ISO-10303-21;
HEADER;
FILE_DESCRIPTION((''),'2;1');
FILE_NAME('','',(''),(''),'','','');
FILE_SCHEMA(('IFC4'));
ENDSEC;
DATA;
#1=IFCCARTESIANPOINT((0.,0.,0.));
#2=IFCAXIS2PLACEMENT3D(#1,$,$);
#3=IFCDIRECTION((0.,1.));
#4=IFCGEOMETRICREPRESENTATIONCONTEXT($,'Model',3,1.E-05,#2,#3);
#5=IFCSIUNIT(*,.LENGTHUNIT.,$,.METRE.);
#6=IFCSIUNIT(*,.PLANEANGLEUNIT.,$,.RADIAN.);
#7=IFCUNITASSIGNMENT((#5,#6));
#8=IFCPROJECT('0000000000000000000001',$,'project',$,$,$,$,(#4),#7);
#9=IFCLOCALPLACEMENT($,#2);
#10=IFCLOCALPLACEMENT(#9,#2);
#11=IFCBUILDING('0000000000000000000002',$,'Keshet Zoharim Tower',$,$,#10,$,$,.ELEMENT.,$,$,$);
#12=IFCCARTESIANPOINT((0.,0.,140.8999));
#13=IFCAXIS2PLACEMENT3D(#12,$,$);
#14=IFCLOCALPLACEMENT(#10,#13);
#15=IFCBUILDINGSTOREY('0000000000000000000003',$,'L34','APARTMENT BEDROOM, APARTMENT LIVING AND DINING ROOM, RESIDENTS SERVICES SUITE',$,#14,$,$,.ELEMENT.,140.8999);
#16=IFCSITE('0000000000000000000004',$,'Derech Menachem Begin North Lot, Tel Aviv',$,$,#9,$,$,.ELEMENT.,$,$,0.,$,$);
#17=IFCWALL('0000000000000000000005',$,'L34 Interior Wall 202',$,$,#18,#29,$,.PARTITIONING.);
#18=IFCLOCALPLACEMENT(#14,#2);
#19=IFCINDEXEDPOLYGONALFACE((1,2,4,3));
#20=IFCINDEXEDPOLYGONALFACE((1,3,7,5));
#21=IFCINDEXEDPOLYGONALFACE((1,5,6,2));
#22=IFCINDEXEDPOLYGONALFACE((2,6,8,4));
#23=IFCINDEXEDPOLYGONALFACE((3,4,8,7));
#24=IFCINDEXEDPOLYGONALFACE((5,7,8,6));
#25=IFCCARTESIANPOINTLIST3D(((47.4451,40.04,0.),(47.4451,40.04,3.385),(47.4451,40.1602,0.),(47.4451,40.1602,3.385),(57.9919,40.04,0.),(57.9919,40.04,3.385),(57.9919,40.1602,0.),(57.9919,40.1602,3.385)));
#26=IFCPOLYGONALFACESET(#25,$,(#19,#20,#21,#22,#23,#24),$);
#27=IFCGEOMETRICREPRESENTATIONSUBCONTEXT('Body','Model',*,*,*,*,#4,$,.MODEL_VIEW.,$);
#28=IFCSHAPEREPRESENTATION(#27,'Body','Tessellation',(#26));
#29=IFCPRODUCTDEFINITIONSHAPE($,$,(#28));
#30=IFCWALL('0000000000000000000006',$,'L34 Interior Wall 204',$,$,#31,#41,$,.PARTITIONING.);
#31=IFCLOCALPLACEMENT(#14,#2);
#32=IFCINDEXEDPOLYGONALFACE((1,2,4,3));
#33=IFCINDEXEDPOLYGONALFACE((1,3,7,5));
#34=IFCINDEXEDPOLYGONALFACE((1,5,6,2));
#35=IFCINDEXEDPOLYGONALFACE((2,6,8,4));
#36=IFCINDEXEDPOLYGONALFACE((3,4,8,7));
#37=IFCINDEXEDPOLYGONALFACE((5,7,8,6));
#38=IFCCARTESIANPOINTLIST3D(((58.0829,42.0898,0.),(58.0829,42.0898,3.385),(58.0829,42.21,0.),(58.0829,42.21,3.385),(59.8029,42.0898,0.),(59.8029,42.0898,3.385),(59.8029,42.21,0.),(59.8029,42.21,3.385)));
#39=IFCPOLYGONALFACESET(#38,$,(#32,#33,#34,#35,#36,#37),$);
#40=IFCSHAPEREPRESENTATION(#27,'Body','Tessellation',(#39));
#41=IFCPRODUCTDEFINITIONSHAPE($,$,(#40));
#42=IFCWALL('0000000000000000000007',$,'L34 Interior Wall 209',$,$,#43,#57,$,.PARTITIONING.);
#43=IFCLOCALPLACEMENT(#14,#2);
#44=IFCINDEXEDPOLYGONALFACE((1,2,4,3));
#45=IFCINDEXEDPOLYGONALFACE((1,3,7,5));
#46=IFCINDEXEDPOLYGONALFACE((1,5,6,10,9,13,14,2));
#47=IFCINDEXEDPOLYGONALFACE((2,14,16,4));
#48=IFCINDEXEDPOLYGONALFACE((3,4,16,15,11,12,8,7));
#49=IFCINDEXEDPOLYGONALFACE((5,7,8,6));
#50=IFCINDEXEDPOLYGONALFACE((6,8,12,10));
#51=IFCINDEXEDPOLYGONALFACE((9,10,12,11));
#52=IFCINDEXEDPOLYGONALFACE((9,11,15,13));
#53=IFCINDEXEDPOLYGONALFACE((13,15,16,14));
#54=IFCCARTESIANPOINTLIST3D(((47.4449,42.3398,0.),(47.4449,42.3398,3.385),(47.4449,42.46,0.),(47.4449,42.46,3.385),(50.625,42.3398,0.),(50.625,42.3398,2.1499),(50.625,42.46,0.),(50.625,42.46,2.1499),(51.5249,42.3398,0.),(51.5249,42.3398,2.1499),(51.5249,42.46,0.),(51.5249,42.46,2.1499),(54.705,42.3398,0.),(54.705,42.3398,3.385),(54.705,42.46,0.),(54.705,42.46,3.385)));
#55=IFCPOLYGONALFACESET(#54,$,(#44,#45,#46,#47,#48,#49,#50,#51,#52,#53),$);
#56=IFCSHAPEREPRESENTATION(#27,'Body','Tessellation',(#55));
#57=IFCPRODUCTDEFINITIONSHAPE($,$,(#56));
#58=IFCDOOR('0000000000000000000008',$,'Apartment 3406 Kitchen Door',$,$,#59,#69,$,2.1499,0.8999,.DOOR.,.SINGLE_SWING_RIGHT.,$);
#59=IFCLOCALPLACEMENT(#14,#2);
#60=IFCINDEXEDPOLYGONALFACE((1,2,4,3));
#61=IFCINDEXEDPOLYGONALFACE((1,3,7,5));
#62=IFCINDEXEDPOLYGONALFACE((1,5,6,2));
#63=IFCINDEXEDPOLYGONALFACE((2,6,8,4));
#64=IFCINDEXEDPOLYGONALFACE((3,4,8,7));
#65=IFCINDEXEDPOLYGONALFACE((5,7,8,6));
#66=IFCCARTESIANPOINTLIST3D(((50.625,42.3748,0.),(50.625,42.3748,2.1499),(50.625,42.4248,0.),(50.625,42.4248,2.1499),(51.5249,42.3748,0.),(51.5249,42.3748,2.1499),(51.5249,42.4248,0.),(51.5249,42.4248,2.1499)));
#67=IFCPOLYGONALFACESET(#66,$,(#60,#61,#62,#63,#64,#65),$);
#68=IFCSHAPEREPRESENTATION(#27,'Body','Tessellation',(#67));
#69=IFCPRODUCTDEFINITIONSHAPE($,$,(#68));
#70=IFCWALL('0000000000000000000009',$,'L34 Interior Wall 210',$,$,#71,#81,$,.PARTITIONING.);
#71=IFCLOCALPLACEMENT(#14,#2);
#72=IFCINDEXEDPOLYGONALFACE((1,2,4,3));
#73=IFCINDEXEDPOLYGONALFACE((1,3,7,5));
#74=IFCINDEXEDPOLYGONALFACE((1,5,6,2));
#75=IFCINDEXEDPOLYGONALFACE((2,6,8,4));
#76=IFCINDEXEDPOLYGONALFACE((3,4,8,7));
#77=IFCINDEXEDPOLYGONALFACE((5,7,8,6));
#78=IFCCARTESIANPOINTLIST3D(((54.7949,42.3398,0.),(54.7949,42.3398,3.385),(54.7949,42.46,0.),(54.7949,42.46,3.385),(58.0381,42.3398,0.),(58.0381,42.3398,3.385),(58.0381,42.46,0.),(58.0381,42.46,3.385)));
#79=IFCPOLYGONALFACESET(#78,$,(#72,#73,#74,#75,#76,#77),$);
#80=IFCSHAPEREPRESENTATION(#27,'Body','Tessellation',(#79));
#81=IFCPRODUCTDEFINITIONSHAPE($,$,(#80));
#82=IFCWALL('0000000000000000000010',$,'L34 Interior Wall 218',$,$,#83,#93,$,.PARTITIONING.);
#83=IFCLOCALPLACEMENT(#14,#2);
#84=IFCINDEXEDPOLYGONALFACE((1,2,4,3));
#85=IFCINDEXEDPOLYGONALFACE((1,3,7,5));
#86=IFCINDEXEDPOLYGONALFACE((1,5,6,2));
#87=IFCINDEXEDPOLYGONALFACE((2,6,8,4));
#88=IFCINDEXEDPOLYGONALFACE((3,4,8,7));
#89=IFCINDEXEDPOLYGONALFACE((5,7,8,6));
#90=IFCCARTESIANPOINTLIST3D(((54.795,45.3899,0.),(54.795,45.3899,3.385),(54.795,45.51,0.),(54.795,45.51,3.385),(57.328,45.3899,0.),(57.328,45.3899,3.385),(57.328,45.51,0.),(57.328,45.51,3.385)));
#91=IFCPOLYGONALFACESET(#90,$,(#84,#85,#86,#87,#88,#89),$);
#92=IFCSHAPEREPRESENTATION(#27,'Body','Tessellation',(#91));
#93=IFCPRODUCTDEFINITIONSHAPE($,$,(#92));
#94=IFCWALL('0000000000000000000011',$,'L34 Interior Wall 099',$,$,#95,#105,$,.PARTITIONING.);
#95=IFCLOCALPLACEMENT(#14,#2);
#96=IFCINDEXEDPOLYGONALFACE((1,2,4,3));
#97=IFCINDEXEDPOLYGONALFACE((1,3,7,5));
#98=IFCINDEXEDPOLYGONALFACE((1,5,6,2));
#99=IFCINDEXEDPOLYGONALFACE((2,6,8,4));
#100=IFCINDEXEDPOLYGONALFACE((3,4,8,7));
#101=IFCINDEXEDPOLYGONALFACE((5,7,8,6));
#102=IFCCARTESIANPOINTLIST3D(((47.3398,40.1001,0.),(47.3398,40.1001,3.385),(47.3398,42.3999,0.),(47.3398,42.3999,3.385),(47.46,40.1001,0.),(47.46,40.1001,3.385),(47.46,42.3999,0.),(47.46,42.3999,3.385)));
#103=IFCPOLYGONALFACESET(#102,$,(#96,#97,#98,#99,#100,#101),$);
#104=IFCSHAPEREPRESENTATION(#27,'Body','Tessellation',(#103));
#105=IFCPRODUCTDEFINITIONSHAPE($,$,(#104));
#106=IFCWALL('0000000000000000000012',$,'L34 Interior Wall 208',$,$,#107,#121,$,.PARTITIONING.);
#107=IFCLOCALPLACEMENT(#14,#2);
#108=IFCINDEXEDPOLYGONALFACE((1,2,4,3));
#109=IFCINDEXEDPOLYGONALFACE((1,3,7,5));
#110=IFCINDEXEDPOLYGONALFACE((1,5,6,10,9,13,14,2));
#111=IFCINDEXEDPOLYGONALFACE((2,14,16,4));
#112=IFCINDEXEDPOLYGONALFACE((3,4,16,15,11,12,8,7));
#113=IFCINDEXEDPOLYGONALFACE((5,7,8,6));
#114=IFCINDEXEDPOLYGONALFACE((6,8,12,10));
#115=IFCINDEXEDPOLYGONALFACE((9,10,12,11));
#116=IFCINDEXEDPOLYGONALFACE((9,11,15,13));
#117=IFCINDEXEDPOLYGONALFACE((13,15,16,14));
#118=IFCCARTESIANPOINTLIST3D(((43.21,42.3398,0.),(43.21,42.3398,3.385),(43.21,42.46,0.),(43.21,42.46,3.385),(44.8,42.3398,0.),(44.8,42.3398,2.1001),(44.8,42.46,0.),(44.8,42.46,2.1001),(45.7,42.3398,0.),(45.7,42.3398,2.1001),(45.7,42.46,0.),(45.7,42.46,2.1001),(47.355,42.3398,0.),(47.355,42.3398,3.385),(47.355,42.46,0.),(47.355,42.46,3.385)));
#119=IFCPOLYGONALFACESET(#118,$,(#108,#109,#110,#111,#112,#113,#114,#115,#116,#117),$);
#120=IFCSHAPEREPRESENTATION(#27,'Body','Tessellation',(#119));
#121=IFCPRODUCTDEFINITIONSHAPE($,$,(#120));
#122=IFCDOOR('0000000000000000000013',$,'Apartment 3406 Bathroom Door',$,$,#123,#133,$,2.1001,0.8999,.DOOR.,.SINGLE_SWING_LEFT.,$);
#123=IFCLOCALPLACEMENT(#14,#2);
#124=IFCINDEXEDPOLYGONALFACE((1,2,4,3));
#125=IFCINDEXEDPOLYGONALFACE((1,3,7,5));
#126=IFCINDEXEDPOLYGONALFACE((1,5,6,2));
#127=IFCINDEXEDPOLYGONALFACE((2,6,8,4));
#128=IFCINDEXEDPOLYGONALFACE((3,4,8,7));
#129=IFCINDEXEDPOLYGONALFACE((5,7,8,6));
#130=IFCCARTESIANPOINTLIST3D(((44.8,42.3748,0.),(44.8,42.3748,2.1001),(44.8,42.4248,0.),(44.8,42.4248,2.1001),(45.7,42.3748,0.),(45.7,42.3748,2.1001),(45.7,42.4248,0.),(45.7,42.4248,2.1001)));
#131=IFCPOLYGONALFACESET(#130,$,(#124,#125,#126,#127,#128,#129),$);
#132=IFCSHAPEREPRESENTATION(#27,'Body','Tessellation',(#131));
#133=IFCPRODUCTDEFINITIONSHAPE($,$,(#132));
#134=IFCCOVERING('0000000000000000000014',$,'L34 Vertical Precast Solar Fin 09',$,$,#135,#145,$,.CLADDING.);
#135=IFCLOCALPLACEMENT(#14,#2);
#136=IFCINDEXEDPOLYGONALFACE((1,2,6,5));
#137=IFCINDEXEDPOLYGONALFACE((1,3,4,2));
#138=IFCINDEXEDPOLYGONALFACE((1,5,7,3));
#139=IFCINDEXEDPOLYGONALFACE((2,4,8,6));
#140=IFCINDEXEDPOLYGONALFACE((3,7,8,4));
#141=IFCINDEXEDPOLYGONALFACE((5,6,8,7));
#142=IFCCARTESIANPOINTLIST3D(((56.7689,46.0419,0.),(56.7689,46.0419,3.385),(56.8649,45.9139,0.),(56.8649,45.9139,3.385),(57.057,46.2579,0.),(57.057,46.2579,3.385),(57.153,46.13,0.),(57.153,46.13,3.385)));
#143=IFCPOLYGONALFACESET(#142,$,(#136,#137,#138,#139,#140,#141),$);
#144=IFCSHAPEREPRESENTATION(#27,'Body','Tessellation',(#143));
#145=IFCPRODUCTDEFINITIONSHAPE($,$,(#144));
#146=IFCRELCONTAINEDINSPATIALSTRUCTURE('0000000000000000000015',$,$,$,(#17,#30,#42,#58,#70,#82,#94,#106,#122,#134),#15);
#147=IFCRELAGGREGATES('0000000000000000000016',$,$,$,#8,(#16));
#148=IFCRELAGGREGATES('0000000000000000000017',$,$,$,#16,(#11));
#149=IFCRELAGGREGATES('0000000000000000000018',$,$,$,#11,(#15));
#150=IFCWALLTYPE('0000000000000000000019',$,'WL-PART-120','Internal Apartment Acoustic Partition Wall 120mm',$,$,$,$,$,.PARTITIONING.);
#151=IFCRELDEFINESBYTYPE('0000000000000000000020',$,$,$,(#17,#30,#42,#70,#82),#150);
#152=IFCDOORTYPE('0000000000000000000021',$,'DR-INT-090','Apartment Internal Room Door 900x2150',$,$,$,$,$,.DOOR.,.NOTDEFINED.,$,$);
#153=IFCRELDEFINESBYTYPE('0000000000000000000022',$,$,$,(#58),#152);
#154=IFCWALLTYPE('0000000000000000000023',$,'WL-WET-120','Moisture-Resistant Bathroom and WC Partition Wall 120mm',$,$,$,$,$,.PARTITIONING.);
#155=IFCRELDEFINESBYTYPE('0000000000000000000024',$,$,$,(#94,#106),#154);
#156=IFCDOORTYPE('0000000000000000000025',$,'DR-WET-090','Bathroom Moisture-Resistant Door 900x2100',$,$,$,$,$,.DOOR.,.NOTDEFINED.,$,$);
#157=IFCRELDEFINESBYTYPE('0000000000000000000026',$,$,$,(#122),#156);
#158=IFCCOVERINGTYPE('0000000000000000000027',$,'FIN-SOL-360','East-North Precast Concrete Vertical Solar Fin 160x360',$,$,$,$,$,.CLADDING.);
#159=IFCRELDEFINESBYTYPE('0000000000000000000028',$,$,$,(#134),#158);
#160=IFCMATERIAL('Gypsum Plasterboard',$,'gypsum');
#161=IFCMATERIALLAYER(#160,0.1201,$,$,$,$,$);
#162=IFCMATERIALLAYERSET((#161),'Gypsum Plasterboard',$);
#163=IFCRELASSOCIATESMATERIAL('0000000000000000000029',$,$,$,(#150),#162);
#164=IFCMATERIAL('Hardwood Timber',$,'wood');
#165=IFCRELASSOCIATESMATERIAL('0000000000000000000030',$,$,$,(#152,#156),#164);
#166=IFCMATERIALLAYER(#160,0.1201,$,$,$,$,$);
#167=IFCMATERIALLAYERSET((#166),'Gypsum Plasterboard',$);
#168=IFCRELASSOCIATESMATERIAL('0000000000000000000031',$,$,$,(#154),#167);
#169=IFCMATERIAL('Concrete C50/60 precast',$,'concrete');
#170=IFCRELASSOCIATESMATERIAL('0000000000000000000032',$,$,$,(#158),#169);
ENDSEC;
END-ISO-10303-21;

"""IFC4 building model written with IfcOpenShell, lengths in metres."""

from ifc_helpers import new_model, si_unit, direction, frame, frame_2d, origin, origin_2d, place, context, subcontext, project, spatial, rectangle, extrude, material, layer, layer_set, type_object, element, fill, save


model = new_model("IFC4")

# Units and contexts
model_context = context("Model", 3, precision=1e-05, world=origin(), true_north=direction((0.0, 1.0)))
body_context = subcontext(model_context, "Body", "Model", "MODEL_VIEW")
ifc_project = project(units=[si_unit("LENGTHUNIT", "METRE"), si_unit("PLANEANGLEUNIT", "RADIAN")], contexts=[model_context])

# Site, building, storey
site_placement = place(None, origin())
site = spatial("IfcSite", under=ifc_project, at=site_placement, Name="Derech Menachem Begin North Lot, Tel Aviv", CompositionType="ELEMENT", RefElevation=0.0)
building_placement = place(site_placement, origin())
building = spatial("IfcBuilding", under=site, at=building_placement, Name="Keshet Zoharim Tower", CompositionType="ELEMENT")
storey_placement = place(building_placement, frame((0.0, 0.0, 140.8999)))
storey = spatial("IfcBuildingStorey", under=building, at=storey_placement, Name="L34", Description="APARTMENT BEDROOM, APARTMENT LIVING AND DINING ROOM, RESIDENTS SERVICES SUITE", CompositionType="ELEMENT", Elevation=140.8999)

# Shared definitions
ifc_material_1 = material(Name="Gypsum Plasterboard", Category="gypsum")
ifc_layer_1 = layer(ifc_material_1, 0.1201)
ifc_layer_set_1 = layer_set([ifc_layer_1], Name="Gypsum Plasterboard")
wall_type_1 = type_object("IfcWallType", Name="WL-PART-120", Description="Internal Apartment Acoustic Partition Wall 120mm", PredefinedType="PARTITIONING", material=ifc_layer_set_1)

# Shared definitions
ifc_material_2 = material(Name="Hardwood Timber", Category="wood")
door_type_1 = type_object("IfcDoorType", Name="DR-INT-090", Description="Apartment Internal Room Door 900x2150", OperationType="NOTDEFINED", PredefinedType="DOOR", material=ifc_material_2)

# Walls
wall_1_placement = place(storey_placement, frame((47.4451, 40.1001, 0.0), z_axis=(0.0, 0.0, 1.0), x_axis=(1.0, 0.0, 0.0)))
element("IfcWall", 1, at=wall_1_placement, inside=storey, type_object=wall_type_1, Name="L34 Interior Wall 202", PredefinedType="PARTITIONING", context=body_context, shape_type="SweptSolid", body=[
    extrude(rectangle(XDim=10.5469, YDim=0.1201, at=frame_2d((5.2734, 0.0))), origin(), (0.0, 0.0, 1.0), 3.385),
])
wall_2_placement = place(storey_placement, frame((58.083, 42.1499, 0.0), z_axis=(0.0, 0.0, 1.0), x_axis=(1.0, 0.0, 0.0)))
element("IfcWall", 2, at=wall_2_placement, inside=storey, type_object=wall_type_1, Name="L34 Interior Wall 204", PredefinedType="PARTITIONING", context=body_context, shape_type="SweptSolid", body=[
    extrude(rectangle(XDim=1.72, YDim=0.1201, at=frame_2d((0.8599, 0.0))), origin(), (0.0, 0.0, 1.0), 3.385),
])

# Wall, opening, door
wall_3_placement = place(storey_placement, frame((47.4451, 42.3999, 0.0), z_axis=(0.0, 0.0, 1.0), x_axis=(1.0, 0.0, 0.0)))
wall_3 = element("IfcWall", 3, at=wall_3_placement, inside=storey, type_object=wall_type_1, Name="L34 Interior Wall 209", PredefinedType="PARTITIONING", context=body_context, shape_type="SweptSolid", body=[
    extrude(rectangle(XDim=7.26, YDim=0.1201, at=frame_2d((3.6299, 0.0))), origin(), (0.0, 0.0, 1.0), 3.385),
])
opening_1_placement = place(wall_3_placement, frame((3.1799, 0.0, 0.0)))
opening_1 = element("IfcOpeningElement", 4, at=opening_1_placement, cuts=wall_3, PredefinedType="OPENING", context=body_context, shape_type="SweptSolid", body=[
    extrude(rectangle(XDim=0.8999, YDim=2.1499, at=frame_2d((0.45, 1.075))), frame((0.0, 0.0701, 0.0), z_axis=(0.0, -1.0, 0.0), x_axis=(1.0, 0.0, 0.0)), (0.0, 0.0, 1.0), 0.1401),
])
door_1_placement = place(opening_1_placement, origin())
door_1 = element("IfcDoor", 5, at=door_1_placement, inside=storey, type_object=door_type_1, Name="Apartment 3406 Kitchen Door", OperationType="SINGLE_SWING_RIGHT", OverallHeight=2.1499, OverallWidth=0.8999, PredefinedType="DOOR", context=body_context, shape_type="SweptSolid", body=[
    extrude(rectangle(XDim=0.8999, YDim=2.1499, at=frame_2d((0.45, 1.075))), frame((0.0, 0.0249, 0.0), z_axis=(0.0, -1.0, 0.0), x_axis=(1.0, 0.0, 0.0)), (0.0, 0.0, 1.0), 0.05),
])
fill(opening_1, door_1)

# Walls
wall_4_placement = place(storey_placement, frame((54.7949, 42.3999, 0.0), z_axis=(0.0, 0.0, 1.0), x_axis=(1.0, 0.0, 0.0)))
element("IfcWall", 6, at=wall_4_placement, inside=storey, type_object=wall_type_1, Name="L34 Interior Wall 210", PredefinedType="PARTITIONING", context=body_context, shape_type="SweptSolid", body=[
    extrude(rectangle(XDim=3.2432, YDim=0.1201, at=frame_2d((1.6216, 0.0))), origin(), (0.0, 0.0, 1.0), 3.385),
])
wall_5_placement = place(storey_placement, frame((54.7949, 45.45, 0.0), z_axis=(0.0, 0.0, 1.0), x_axis=(1.0, 0.0, 0.0)))
element("IfcWall", 7, at=wall_5_placement, inside=storey, type_object=wall_type_1, Name="L34 Interior Wall 218", PredefinedType="PARTITIONING", context=body_context, shape_type="SweptSolid", body=[
    extrude(rectangle(XDim=2.533, YDim=0.1201, at=frame_2d((1.2666, 0.0))), origin(), (0.0, 0.0, 1.0), 3.385),
])
ifc_layer_2 = layer(ifc_material_1, 0.1201)
ifc_layer_set_2 = layer_set([ifc_layer_2], Name="Gypsum Plasterboard")
wall_type_2 = type_object("IfcWallType", Name="WL-WET-120", Description="Moisture-Resistant Bathroom and WC Partition Wall 120mm", PredefinedType="PARTITIONING", material=ifc_layer_set_2)
wall_6_placement = place(storey_placement, frame((47.3999, 40.1001, 0.0), z_axis=(0.0, 0.0, 1.0), x_axis=(0.0, 1.0, 0.0)))
element("IfcWall", 8, at=wall_6_placement, inside=storey, type_object=wall_type_2, Name="L34 Interior Wall 099", PredefinedType="PARTITIONING", context=body_context, shape_type="SweptSolid", body=[
    extrude(rectangle(XDim=2.2998, YDim=0.1201, at=frame_2d((1.1499, 0.0))), origin(), (0.0, 0.0, 1.0), 3.385),
])

# Wall, opening, door
wall_7_placement = place(storey_placement, frame((43.21, 42.3999, 0.0), z_axis=(0.0, 0.0, 1.0), x_axis=(1.0, 0.0, 0.0)))
wall_7 = element("IfcWall", 9, at=wall_7_placement, inside=storey, type_object=wall_type_2, Name="L34 Interior Wall 208", PredefinedType="PARTITIONING", context=body_context, shape_type="SweptSolid", body=[
    extrude(rectangle(XDim=4.145, YDim=0.1201, at=frame_2d((2.0725, 0.0))), origin(), (0.0, 0.0, 1.0), 3.385),
])
opening_2_placement = place(wall_7_placement, frame((1.5901, 0.0, 0.0)))
opening_2 = element("IfcOpeningElement", 10, at=opening_2_placement, cuts=wall_7, PredefinedType="OPENING", context=body_context, shape_type="SweptSolid", body=[
    extrude(rectangle(XDim=0.8999, YDim=2.1001, at=frame_2d((0.45, 1.05))), frame((0.0, 0.0701, 0.0), z_axis=(0.0, -1.0, 0.0), x_axis=(1.0, 0.0, 0.0)), (0.0, 0.0, 1.0), 0.1401),
])
door_type_2 = type_object("IfcDoorType", Name="DR-WET-090", Description="Bathroom Moisture-Resistant Door 900x2100", OperationType="NOTDEFINED", PredefinedType="DOOR", material=ifc_material_2)
door_2_placement = place(opening_2_placement, origin())
door_2 = element("IfcDoor", 11, at=door_2_placement, inside=storey, type_object=door_type_2, Name="Apartment 3406 Bathroom Door", OperationType="SINGLE_SWING_LEFT", OverallHeight=2.1001, OverallWidth=0.8999, PredefinedType="DOOR", context=body_context, shape_type="SweptSolid", body=[
    extrude(rectangle(XDim=0.8999, YDim=2.1001, at=frame_2d((0.45, 1.05))), frame((0.0, 0.0249, 0.0), z_axis=(0.0, -1.0, 0.0), x_axis=(1.0, 0.0, 0.0)), (0.0, 0.0, 1.0), 0.05),
])
fill(opening_2, door_2)

# Covering
ifc_material_3 = material(Name="Concrete C50/60 precast", Category="concrete")
covering_type = type_object("IfcCoveringType", Name="FIN-SOL-360", Description="East-North Precast Concrete Vertical Solar Fin 160x360", PredefinedType="CLADDING", material=ifc_material_3)
covering_placement = place(storey_placement, frame((56.9609, 46.0859, 0.0), z_axis=(0.0, 0.0, 1.0), x_axis=(0.6, -0.8, 0.0)))
element("IfcCovering", 12, at=covering_placement, inside=storey, type_object=covering_type, Name="L34 Vertical Precast Solar Fin 09", PredefinedType="CLADDING", context=body_context, shape_type="SweptSolid", body=[
    extrude(rectangle(XDim=0.1599, YDim=0.3601, at=origin_2d()), origin(), (0.0, 0.0, 1.0), 3.385),
])

save(model, "model.ifc")
